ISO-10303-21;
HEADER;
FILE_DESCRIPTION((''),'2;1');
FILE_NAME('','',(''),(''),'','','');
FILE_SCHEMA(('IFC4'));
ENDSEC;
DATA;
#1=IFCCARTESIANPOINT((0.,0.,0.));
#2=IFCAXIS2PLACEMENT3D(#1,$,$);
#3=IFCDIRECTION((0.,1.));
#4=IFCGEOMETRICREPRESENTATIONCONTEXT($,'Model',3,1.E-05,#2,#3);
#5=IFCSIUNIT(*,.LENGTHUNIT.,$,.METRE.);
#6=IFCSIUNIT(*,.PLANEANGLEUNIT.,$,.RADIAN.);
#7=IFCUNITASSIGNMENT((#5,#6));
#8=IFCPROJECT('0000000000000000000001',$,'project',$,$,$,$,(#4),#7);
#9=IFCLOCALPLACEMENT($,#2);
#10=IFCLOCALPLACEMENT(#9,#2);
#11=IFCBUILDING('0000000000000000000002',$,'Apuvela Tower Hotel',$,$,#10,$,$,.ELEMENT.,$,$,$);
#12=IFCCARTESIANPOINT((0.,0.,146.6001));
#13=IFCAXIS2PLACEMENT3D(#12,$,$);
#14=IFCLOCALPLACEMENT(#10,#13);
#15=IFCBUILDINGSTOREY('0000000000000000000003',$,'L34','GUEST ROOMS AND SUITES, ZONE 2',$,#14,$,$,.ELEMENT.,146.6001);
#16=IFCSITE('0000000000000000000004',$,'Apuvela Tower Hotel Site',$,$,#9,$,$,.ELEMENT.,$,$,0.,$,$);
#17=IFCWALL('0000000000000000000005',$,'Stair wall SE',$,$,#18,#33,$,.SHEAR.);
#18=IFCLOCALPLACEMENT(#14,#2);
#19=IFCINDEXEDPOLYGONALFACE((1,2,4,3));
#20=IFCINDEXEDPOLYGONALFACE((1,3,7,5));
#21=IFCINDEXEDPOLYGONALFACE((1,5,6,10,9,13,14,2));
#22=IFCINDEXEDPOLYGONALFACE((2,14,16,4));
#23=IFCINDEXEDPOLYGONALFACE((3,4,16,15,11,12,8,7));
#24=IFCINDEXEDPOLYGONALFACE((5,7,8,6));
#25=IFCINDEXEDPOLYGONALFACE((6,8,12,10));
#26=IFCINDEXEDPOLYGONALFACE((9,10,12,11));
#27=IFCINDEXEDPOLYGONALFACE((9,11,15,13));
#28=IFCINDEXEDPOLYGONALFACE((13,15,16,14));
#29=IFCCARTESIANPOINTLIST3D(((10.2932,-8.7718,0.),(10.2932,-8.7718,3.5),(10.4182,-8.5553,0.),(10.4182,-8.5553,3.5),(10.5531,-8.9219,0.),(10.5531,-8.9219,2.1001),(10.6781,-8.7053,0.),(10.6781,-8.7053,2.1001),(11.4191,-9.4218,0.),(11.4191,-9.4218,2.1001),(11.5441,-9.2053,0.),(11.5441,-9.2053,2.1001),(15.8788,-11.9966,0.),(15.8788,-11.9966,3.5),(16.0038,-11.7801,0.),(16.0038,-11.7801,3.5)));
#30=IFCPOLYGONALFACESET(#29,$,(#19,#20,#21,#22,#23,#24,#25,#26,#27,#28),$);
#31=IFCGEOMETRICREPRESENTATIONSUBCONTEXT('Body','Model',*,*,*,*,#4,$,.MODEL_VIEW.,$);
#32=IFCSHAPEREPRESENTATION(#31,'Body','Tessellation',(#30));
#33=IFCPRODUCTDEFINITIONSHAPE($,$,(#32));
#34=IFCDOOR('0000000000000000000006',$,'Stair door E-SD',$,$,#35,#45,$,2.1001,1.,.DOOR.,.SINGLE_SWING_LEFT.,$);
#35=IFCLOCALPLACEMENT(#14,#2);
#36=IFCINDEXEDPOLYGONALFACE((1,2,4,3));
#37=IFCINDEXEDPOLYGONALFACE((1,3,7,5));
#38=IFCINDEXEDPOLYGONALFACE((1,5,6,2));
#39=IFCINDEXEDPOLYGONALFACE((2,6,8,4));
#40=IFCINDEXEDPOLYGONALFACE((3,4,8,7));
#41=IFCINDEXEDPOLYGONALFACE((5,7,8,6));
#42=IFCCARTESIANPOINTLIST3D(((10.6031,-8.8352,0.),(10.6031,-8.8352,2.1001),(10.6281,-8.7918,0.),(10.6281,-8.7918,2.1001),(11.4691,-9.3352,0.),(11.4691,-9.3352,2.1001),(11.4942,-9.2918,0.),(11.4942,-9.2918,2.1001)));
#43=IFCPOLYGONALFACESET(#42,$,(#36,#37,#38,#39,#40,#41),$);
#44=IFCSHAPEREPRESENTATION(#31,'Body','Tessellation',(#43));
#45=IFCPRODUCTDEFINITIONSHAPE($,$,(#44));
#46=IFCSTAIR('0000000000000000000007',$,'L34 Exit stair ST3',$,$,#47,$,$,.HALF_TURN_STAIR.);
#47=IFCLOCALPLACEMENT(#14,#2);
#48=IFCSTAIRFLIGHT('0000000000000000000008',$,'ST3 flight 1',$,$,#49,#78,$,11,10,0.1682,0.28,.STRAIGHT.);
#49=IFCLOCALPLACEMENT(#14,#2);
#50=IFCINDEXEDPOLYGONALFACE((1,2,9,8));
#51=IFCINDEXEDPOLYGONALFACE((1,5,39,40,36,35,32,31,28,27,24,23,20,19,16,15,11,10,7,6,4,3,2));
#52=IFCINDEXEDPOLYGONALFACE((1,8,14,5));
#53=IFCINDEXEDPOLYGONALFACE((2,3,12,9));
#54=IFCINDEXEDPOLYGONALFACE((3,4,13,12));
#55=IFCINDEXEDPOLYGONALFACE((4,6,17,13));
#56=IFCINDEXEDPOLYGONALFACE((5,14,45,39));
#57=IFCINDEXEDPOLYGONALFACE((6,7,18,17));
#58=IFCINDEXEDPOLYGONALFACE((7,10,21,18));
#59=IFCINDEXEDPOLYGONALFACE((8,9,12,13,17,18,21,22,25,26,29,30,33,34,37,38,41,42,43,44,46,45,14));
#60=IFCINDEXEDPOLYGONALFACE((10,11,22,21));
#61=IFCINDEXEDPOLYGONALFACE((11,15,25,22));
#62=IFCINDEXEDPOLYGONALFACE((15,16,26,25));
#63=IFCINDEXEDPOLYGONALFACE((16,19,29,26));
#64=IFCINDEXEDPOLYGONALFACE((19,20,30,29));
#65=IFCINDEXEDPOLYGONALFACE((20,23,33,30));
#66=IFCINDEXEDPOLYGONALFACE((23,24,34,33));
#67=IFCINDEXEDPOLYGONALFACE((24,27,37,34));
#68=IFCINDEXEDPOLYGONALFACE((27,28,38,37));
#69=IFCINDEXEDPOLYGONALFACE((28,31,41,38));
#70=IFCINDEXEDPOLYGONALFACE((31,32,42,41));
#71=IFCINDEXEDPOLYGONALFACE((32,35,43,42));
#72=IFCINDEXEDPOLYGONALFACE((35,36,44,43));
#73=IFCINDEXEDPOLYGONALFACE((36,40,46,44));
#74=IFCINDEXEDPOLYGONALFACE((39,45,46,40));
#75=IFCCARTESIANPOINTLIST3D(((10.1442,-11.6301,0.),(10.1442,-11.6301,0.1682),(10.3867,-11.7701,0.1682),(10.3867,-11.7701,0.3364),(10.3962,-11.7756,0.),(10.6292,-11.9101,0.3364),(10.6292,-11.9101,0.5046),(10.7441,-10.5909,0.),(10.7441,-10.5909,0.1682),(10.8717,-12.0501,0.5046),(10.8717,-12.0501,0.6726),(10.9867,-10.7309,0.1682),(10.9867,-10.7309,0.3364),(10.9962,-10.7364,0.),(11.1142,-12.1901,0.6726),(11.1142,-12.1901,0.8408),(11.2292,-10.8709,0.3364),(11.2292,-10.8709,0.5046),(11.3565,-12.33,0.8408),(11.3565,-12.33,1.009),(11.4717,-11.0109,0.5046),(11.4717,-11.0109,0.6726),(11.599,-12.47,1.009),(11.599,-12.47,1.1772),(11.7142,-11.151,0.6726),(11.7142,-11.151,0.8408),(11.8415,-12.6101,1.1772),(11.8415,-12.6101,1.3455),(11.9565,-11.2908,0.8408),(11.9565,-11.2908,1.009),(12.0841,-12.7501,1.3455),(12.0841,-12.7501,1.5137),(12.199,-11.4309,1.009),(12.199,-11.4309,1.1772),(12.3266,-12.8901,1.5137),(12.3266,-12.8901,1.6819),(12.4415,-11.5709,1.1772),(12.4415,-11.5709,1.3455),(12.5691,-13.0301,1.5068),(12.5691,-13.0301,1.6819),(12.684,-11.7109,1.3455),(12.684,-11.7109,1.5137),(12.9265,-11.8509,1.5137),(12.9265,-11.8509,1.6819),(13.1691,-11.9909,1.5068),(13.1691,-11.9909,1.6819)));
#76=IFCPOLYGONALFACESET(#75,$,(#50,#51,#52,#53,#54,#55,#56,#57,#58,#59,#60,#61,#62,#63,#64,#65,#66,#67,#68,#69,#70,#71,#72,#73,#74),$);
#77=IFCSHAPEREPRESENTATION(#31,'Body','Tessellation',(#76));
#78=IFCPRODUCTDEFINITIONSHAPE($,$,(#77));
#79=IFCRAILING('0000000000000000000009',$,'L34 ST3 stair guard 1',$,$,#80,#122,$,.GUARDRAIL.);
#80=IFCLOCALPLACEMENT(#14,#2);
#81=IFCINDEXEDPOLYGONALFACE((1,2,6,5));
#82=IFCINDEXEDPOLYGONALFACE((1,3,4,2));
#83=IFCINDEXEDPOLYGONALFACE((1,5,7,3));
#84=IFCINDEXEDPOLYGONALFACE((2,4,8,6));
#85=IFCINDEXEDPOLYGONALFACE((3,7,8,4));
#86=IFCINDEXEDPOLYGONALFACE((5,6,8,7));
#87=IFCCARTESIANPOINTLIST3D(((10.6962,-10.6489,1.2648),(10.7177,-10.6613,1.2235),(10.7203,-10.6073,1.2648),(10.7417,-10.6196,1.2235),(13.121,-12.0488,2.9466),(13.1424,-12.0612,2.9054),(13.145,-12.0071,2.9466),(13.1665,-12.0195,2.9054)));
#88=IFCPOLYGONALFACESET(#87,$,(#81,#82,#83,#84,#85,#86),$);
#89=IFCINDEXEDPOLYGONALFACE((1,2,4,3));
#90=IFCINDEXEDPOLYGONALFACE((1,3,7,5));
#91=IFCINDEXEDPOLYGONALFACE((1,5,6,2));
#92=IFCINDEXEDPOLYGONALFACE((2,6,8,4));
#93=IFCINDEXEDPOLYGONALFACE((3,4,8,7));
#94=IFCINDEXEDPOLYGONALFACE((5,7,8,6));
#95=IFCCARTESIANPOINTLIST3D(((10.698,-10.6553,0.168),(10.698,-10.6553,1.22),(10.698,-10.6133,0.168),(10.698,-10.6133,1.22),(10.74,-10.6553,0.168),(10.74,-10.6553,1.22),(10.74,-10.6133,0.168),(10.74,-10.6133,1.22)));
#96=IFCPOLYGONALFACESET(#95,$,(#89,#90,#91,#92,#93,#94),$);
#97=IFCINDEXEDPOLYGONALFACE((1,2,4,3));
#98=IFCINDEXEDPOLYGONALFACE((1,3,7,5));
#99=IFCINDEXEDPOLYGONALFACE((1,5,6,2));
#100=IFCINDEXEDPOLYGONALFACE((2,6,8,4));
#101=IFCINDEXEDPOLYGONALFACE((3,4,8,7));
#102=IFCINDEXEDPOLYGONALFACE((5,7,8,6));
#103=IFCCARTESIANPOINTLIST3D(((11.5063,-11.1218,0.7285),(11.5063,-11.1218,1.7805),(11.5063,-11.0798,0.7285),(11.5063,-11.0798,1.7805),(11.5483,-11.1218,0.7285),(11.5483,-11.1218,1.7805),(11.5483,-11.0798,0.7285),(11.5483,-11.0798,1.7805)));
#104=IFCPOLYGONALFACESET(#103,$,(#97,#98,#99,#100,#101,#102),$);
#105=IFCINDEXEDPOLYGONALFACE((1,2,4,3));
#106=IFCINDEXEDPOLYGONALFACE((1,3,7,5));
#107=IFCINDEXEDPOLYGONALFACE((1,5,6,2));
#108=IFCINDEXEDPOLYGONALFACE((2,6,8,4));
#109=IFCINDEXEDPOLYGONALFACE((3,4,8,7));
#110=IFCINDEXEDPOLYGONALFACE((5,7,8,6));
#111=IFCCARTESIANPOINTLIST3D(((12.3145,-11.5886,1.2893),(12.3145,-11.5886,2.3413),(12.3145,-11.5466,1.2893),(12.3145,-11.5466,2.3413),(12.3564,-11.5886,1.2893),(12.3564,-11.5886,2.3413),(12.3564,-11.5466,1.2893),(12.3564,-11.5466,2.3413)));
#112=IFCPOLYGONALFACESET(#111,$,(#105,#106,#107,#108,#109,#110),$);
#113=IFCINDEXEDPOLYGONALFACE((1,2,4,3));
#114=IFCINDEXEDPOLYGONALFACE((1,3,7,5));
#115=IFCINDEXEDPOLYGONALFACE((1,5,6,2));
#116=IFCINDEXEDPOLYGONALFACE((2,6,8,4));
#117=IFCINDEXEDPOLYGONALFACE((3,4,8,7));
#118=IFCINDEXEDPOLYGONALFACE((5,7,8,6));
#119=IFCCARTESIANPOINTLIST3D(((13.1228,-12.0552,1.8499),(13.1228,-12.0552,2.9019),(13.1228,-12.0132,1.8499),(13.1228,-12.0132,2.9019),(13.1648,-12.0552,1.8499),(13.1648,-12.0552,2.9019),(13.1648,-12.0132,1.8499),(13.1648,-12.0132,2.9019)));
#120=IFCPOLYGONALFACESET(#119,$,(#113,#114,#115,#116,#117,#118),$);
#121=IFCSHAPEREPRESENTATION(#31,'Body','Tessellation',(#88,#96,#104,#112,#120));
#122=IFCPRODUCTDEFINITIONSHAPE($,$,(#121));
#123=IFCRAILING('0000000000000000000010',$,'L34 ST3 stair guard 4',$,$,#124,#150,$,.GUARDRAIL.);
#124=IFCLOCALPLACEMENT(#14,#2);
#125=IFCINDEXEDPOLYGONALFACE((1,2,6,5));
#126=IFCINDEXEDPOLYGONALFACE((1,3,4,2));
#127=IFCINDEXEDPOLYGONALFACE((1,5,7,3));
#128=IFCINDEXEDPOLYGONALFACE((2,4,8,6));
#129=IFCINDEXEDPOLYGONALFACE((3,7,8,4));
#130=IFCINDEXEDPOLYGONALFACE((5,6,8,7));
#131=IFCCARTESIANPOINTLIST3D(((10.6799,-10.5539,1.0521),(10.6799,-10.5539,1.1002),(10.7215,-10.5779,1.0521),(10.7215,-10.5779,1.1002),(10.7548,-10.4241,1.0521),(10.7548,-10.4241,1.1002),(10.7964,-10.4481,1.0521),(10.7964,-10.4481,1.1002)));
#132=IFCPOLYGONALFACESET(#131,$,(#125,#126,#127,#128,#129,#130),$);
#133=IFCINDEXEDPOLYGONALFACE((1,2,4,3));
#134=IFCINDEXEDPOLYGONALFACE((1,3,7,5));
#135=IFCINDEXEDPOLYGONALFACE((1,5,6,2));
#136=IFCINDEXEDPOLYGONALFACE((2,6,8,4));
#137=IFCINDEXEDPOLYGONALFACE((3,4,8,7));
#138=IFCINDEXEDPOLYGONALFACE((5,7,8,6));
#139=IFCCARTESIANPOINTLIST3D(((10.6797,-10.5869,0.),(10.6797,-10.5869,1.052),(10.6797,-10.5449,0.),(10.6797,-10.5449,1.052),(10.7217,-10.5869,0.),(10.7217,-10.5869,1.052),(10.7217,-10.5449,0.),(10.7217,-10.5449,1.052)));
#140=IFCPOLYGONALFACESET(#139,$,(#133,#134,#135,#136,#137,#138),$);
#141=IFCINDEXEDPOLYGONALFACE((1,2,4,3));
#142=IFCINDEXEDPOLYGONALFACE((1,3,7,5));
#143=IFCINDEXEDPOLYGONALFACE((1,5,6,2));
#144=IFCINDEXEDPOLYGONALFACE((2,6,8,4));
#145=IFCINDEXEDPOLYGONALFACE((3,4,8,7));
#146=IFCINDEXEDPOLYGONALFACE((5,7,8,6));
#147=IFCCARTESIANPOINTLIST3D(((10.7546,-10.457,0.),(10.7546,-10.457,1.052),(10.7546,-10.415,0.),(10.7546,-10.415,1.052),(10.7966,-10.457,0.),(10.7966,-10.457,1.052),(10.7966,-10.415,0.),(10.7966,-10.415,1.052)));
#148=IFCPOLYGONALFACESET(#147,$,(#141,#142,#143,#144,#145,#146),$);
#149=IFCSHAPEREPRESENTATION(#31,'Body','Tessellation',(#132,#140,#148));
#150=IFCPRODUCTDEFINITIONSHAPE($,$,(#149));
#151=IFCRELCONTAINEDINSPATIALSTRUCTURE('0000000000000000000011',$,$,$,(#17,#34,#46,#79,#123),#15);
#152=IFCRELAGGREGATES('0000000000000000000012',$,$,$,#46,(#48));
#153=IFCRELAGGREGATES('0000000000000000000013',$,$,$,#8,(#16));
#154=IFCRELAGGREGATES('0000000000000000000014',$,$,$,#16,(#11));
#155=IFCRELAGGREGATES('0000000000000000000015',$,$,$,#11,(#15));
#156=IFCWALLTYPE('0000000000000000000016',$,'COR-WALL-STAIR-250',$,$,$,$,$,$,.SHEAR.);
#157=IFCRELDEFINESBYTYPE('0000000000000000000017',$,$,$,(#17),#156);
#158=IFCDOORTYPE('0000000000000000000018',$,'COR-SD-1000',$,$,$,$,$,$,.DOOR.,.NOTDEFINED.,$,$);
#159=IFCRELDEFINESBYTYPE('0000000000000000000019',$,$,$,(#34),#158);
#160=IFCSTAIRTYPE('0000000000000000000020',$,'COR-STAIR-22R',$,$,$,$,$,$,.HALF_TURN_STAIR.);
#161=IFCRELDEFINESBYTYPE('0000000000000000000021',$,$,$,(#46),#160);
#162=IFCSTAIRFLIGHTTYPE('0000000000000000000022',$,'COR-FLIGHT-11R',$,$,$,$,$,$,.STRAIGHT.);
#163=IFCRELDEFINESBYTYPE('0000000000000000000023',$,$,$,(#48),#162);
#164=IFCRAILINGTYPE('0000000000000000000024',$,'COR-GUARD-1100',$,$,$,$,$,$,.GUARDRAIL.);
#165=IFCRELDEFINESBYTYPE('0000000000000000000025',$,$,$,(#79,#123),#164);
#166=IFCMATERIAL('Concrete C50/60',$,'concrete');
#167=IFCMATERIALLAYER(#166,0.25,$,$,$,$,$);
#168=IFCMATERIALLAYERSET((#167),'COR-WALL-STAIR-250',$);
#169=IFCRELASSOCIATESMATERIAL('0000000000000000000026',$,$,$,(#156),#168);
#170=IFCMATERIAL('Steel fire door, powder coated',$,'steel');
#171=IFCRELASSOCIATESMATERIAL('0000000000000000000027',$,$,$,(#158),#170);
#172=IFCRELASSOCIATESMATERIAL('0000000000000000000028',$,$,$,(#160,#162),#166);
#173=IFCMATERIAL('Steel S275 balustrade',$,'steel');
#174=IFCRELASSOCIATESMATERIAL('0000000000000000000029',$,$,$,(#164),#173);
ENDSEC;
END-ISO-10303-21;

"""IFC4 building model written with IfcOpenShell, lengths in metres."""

from ifc_helpers import new_model, si_unit, direction, frame, frame_2d, origin, origin_2d, place, context, subcontext, project, spatial, polyline, rectangle, outline, extrude, material, layer, layer_set, type_object, element, fill, aggregate, save


model = new_model("IFC4")

# Units and contexts
model_context = context("Model", 3, precision=1e-05, world=origin(), true_north=direction((0.0, 1.0)))
body_context = subcontext(model_context, "Body", "Model", "MODEL_VIEW")
ifc_project = project(units=[si_unit("LENGTHUNIT", "METRE"), si_unit("PLANEANGLEUNIT", "RADIAN")], contexts=[model_context])

# Site, building, storey
site_placement = place(None, origin())
site = spatial("IfcSite", under=ifc_project, at=site_placement, Name="Apuvela Tower Hotel Site", CompositionType="ELEMENT", RefElevation=0.0)
building_placement = place(site_placement, origin())
building = spatial("IfcBuilding", under=site, at=building_placement, Name="Apuvela Tower Hotel", CompositionType="ELEMENT")
storey_placement = place(building_placement, frame((0.0, 0.0, 146.6001)))
storey = spatial("IfcBuildingStorey", under=building, at=storey_placement, Name="L34", Description="GUEST ROOMS AND SUITES, ZONE 2", CompositionType="ELEMENT", Elevation=146.6001)

# Shared definitions
ifc_material_1 = material(Name="Concrete C50/60", Category="concrete")

# Shared definitions
ifc_material_2 = material(Name="Steel fire door, powder coated", Category="steel")

# Wall, opening, door
ifc_layer_1 = layer(ifc_material_1, 0.25)
ifc_layer_set_1 = layer_set([ifc_layer_1], Name="COR-WALL-STAIR-250")
wall_type_1 = type_object("IfcWallType", Name="COR-WALL-STAIR-250", PredefinedType="SHEAR", material=ifc_layer_set_1)
wall_1_placement = place(storey_placement, frame((10.3557, -8.6636, 0.0), z_axis=(0.0, 0.0, 1.0), x_axis=(0.866029, -0.499994, 0.0)))
wall_1 = element("IfcWall", 1, at=wall_1_placement, inside=storey, type_object=wall_type_1, Name="Stair wall SE", PredefinedType="SHEAR", context=body_context, shape_type="SweptSolid", body=[
    extrude(rectangle(XDim=6.4497, YDim=0.25, at=frame_2d((3.2249, 0.0))), origin(), (0.0, 0.0, 1.0), 3.5),
])
opening_1_placement = place(wall_1_placement, frame((0.3, 0.0, 0.0)))
opening_1 = element("IfcOpeningElement", 2, at=opening_1_placement, cuts=wall_1, PredefinedType="OPENING", context=body_context, shape_type="SweptSolid", body=[
    extrude(rectangle(XDim=1.0, YDim=2.1001, at=frame_2d((0.5, 1.05))), frame((0.0, 0.135, 0.0), z_axis=(0.0, -1.0, 0.0), x_axis=(1.0, 0.0, 0.0)), (0.0, 0.0, 1.0), 0.27),
])
door_type_1 = type_object("IfcDoorType", Name="COR-SD-1000", OperationType="NOTDEFINED", PredefinedType="DOOR", material=ifc_material_2)
door_1_placement = place(opening_1_placement, frame((1.0, 0.0, 0.0), z_axis=(0.0, 0.0, 1.0), x_axis=(-1.0, 0.0, 0.0)))
door_1 = element("IfcDoor", 3, at=door_1_placement, inside=storey, type_object=door_type_1, Name="Stair door E-SD", OperationType="SINGLE_SWING_LEFT", OverallHeight=2.1001, OverallWidth=1.0, PredefinedType="DOOR", context=body_context, shape_type="SweptSolid", body=[
    extrude(rectangle(XDim=1.0, YDim=2.1001, at=frame_2d((0.5, 1.05))), frame((0.0, 0.0249, 0.0), z_axis=(0.0, -1.0, 0.0), x_axis=(1.0, 0.0, 0.0)), (0.0, 0.0, 1.0), 0.05),
])
fill(opening_1, door_1)

# Stair, stair flight
stair_type = type_object("IfcStairType", Name="COR-STAIR-22R", PredefinedType="HALF_TURN_STAIR", material=ifc_material_1)
stair_placement = place(storey_placement, origin())
stair = element("IfcStair", 4, at=stair_placement, inside=storey, type_object=stair_type, Name="L34 Exit stair ST3", PredefinedType="HALF_TURN_STAIR")
stair_flight_type = type_object("IfcStairFlightType", Name="COR-FLIGHT-11R", PredefinedType="STRAIGHT", material=ifc_material_1)
stair_flight_placement = place(storey_placement, frame((10.4441, -11.1106, 0.0), z_axis=(0.0, 0.0, 1.0), x_axis=(0.866025, -0.5, 0.0)))
stair_flight = element("IfcStairFlight", 5, at=stair_flight_placement, type_object=stair_flight_type, Name="ST3 flight 1", NumberOfRisers=11, NumberOfTreads=10, PredefinedType="STRAIGHT", RiserHeight=0.1682, TreadLength=0.28, context=body_context, shape_type="SweptSolid", body=[
    extrude(outline(polyline([(0.0, 0.0), (0.0, 0.1682), (0.28, 0.1682), (0.28, 0.3364), (0.5601, 0.3364), (0.5601, 0.5046), (0.8401, 0.5046), (0.8401, 0.6726), (1.1201, 0.6726), (1.1201, 0.8408), (1.3999, 0.8408), (1.3999, 1.009), (1.6799, 1.009), (1.6799, 1.1772), (1.96, 1.1772), (1.96, 1.3455), (2.24, 1.3455), (2.24, 1.5137), (2.52, 1.5137), (2.52, 1.6819), (2.8, 1.6819), (2.8, 1.8501), (2.8, 1.5068), (0.291, 0.0), (0.0, 0.0)])), frame((0.0, 0.6001, 0.0), z_axis=(0.0, -1.0, 0.0), x_axis=(1.0, 0.0, 0.0)), (0.0, 0.0, 1.0), 1.2),
])
aggregate(stair, [stair_flight])

# Railings
ifc_material_3 = material(Name="Steel S275 balustrade", Category="steel")
railing_type_1 = type_object("IfcRailingType", Name="COR-GUARD-1100", PredefinedType="GUARDRAIL", material=ifc_material_3)
railing_1_placement = place(storey_placement, frame((10.719, -10.6343, 0.168)))
element("IfcRailing", 6, at=railing_1_placement, inside=storey, type_object=railing_type_1, Name="L34 ST3 stair guard 1", PredefinedType="GUARDRAIL", context=body_context, shape_type="SweptSolid", body=[
    extrude(rectangle(XDim=0.0481, YDim=0.0481, at=origin_2d()), frame((0.0, 0.0, 1.0762), z_axis=(0.74239, -0.428601, 0.514934), x_axis=(0.499984, 0.866035, 0.0)), (0.0, 0.0, 1.0), 3.2661),
    extrude(rectangle(XDim=0.042, YDim=0.042, at=origin_2d()), origin(), (0.0, 0.0, 1.0), 1.052),
    extrude(rectangle(XDim=0.042, YDim=0.042, at=origin_2d()), frame((0.8083, -0.4666, 0.5605)), (0.0, 0.0, 1.0), 1.052),
    extrude(rectangle(XDim=0.042, YDim=0.042, at=origin_2d()), frame((1.6165, -0.9333, 1.1213)), (0.0, 0.0, 1.0), 1.052),
    extrude(rectangle(XDim=0.042, YDim=0.042, at=origin_2d()), frame((2.4248, -1.3999, 1.6819)), (0.0, 0.0, 1.0), 1.052),
])
railing_2_placement = place(storey_placement, frame((10.7007, -10.5659, 0.0)))
element("IfcRailing", 7, at=railing_2_placement, inside=storey, type_object=railing_type_1, Name="L34 ST3 stair guard 4", PredefinedType="GUARDRAIL", context=body_context, shape_type="SweptSolid", body=[
    extrude(rectangle(XDim=0.0481, YDim=0.0481, at=origin_2d()), frame((0.0, 0.0, 1.0762), z_axis=(0.499816, 0.866131, 0.0), x_axis=(-0.866131, 0.499816, 0.0)), (0.0, 0.0, 1.0), 0.1499),
    extrude(rectangle(XDim=0.042, YDim=0.042, at=origin_2d()), origin(), (0.0, 0.0, 1.0), 1.052),
    extrude(rectangle(XDim=0.042, YDim=0.042, at=origin_2d()), frame((0.075, 0.1299, 0.0)), (0.0, 0.0, 1.0), 1.052),
])

save(model, "model.ifc")
